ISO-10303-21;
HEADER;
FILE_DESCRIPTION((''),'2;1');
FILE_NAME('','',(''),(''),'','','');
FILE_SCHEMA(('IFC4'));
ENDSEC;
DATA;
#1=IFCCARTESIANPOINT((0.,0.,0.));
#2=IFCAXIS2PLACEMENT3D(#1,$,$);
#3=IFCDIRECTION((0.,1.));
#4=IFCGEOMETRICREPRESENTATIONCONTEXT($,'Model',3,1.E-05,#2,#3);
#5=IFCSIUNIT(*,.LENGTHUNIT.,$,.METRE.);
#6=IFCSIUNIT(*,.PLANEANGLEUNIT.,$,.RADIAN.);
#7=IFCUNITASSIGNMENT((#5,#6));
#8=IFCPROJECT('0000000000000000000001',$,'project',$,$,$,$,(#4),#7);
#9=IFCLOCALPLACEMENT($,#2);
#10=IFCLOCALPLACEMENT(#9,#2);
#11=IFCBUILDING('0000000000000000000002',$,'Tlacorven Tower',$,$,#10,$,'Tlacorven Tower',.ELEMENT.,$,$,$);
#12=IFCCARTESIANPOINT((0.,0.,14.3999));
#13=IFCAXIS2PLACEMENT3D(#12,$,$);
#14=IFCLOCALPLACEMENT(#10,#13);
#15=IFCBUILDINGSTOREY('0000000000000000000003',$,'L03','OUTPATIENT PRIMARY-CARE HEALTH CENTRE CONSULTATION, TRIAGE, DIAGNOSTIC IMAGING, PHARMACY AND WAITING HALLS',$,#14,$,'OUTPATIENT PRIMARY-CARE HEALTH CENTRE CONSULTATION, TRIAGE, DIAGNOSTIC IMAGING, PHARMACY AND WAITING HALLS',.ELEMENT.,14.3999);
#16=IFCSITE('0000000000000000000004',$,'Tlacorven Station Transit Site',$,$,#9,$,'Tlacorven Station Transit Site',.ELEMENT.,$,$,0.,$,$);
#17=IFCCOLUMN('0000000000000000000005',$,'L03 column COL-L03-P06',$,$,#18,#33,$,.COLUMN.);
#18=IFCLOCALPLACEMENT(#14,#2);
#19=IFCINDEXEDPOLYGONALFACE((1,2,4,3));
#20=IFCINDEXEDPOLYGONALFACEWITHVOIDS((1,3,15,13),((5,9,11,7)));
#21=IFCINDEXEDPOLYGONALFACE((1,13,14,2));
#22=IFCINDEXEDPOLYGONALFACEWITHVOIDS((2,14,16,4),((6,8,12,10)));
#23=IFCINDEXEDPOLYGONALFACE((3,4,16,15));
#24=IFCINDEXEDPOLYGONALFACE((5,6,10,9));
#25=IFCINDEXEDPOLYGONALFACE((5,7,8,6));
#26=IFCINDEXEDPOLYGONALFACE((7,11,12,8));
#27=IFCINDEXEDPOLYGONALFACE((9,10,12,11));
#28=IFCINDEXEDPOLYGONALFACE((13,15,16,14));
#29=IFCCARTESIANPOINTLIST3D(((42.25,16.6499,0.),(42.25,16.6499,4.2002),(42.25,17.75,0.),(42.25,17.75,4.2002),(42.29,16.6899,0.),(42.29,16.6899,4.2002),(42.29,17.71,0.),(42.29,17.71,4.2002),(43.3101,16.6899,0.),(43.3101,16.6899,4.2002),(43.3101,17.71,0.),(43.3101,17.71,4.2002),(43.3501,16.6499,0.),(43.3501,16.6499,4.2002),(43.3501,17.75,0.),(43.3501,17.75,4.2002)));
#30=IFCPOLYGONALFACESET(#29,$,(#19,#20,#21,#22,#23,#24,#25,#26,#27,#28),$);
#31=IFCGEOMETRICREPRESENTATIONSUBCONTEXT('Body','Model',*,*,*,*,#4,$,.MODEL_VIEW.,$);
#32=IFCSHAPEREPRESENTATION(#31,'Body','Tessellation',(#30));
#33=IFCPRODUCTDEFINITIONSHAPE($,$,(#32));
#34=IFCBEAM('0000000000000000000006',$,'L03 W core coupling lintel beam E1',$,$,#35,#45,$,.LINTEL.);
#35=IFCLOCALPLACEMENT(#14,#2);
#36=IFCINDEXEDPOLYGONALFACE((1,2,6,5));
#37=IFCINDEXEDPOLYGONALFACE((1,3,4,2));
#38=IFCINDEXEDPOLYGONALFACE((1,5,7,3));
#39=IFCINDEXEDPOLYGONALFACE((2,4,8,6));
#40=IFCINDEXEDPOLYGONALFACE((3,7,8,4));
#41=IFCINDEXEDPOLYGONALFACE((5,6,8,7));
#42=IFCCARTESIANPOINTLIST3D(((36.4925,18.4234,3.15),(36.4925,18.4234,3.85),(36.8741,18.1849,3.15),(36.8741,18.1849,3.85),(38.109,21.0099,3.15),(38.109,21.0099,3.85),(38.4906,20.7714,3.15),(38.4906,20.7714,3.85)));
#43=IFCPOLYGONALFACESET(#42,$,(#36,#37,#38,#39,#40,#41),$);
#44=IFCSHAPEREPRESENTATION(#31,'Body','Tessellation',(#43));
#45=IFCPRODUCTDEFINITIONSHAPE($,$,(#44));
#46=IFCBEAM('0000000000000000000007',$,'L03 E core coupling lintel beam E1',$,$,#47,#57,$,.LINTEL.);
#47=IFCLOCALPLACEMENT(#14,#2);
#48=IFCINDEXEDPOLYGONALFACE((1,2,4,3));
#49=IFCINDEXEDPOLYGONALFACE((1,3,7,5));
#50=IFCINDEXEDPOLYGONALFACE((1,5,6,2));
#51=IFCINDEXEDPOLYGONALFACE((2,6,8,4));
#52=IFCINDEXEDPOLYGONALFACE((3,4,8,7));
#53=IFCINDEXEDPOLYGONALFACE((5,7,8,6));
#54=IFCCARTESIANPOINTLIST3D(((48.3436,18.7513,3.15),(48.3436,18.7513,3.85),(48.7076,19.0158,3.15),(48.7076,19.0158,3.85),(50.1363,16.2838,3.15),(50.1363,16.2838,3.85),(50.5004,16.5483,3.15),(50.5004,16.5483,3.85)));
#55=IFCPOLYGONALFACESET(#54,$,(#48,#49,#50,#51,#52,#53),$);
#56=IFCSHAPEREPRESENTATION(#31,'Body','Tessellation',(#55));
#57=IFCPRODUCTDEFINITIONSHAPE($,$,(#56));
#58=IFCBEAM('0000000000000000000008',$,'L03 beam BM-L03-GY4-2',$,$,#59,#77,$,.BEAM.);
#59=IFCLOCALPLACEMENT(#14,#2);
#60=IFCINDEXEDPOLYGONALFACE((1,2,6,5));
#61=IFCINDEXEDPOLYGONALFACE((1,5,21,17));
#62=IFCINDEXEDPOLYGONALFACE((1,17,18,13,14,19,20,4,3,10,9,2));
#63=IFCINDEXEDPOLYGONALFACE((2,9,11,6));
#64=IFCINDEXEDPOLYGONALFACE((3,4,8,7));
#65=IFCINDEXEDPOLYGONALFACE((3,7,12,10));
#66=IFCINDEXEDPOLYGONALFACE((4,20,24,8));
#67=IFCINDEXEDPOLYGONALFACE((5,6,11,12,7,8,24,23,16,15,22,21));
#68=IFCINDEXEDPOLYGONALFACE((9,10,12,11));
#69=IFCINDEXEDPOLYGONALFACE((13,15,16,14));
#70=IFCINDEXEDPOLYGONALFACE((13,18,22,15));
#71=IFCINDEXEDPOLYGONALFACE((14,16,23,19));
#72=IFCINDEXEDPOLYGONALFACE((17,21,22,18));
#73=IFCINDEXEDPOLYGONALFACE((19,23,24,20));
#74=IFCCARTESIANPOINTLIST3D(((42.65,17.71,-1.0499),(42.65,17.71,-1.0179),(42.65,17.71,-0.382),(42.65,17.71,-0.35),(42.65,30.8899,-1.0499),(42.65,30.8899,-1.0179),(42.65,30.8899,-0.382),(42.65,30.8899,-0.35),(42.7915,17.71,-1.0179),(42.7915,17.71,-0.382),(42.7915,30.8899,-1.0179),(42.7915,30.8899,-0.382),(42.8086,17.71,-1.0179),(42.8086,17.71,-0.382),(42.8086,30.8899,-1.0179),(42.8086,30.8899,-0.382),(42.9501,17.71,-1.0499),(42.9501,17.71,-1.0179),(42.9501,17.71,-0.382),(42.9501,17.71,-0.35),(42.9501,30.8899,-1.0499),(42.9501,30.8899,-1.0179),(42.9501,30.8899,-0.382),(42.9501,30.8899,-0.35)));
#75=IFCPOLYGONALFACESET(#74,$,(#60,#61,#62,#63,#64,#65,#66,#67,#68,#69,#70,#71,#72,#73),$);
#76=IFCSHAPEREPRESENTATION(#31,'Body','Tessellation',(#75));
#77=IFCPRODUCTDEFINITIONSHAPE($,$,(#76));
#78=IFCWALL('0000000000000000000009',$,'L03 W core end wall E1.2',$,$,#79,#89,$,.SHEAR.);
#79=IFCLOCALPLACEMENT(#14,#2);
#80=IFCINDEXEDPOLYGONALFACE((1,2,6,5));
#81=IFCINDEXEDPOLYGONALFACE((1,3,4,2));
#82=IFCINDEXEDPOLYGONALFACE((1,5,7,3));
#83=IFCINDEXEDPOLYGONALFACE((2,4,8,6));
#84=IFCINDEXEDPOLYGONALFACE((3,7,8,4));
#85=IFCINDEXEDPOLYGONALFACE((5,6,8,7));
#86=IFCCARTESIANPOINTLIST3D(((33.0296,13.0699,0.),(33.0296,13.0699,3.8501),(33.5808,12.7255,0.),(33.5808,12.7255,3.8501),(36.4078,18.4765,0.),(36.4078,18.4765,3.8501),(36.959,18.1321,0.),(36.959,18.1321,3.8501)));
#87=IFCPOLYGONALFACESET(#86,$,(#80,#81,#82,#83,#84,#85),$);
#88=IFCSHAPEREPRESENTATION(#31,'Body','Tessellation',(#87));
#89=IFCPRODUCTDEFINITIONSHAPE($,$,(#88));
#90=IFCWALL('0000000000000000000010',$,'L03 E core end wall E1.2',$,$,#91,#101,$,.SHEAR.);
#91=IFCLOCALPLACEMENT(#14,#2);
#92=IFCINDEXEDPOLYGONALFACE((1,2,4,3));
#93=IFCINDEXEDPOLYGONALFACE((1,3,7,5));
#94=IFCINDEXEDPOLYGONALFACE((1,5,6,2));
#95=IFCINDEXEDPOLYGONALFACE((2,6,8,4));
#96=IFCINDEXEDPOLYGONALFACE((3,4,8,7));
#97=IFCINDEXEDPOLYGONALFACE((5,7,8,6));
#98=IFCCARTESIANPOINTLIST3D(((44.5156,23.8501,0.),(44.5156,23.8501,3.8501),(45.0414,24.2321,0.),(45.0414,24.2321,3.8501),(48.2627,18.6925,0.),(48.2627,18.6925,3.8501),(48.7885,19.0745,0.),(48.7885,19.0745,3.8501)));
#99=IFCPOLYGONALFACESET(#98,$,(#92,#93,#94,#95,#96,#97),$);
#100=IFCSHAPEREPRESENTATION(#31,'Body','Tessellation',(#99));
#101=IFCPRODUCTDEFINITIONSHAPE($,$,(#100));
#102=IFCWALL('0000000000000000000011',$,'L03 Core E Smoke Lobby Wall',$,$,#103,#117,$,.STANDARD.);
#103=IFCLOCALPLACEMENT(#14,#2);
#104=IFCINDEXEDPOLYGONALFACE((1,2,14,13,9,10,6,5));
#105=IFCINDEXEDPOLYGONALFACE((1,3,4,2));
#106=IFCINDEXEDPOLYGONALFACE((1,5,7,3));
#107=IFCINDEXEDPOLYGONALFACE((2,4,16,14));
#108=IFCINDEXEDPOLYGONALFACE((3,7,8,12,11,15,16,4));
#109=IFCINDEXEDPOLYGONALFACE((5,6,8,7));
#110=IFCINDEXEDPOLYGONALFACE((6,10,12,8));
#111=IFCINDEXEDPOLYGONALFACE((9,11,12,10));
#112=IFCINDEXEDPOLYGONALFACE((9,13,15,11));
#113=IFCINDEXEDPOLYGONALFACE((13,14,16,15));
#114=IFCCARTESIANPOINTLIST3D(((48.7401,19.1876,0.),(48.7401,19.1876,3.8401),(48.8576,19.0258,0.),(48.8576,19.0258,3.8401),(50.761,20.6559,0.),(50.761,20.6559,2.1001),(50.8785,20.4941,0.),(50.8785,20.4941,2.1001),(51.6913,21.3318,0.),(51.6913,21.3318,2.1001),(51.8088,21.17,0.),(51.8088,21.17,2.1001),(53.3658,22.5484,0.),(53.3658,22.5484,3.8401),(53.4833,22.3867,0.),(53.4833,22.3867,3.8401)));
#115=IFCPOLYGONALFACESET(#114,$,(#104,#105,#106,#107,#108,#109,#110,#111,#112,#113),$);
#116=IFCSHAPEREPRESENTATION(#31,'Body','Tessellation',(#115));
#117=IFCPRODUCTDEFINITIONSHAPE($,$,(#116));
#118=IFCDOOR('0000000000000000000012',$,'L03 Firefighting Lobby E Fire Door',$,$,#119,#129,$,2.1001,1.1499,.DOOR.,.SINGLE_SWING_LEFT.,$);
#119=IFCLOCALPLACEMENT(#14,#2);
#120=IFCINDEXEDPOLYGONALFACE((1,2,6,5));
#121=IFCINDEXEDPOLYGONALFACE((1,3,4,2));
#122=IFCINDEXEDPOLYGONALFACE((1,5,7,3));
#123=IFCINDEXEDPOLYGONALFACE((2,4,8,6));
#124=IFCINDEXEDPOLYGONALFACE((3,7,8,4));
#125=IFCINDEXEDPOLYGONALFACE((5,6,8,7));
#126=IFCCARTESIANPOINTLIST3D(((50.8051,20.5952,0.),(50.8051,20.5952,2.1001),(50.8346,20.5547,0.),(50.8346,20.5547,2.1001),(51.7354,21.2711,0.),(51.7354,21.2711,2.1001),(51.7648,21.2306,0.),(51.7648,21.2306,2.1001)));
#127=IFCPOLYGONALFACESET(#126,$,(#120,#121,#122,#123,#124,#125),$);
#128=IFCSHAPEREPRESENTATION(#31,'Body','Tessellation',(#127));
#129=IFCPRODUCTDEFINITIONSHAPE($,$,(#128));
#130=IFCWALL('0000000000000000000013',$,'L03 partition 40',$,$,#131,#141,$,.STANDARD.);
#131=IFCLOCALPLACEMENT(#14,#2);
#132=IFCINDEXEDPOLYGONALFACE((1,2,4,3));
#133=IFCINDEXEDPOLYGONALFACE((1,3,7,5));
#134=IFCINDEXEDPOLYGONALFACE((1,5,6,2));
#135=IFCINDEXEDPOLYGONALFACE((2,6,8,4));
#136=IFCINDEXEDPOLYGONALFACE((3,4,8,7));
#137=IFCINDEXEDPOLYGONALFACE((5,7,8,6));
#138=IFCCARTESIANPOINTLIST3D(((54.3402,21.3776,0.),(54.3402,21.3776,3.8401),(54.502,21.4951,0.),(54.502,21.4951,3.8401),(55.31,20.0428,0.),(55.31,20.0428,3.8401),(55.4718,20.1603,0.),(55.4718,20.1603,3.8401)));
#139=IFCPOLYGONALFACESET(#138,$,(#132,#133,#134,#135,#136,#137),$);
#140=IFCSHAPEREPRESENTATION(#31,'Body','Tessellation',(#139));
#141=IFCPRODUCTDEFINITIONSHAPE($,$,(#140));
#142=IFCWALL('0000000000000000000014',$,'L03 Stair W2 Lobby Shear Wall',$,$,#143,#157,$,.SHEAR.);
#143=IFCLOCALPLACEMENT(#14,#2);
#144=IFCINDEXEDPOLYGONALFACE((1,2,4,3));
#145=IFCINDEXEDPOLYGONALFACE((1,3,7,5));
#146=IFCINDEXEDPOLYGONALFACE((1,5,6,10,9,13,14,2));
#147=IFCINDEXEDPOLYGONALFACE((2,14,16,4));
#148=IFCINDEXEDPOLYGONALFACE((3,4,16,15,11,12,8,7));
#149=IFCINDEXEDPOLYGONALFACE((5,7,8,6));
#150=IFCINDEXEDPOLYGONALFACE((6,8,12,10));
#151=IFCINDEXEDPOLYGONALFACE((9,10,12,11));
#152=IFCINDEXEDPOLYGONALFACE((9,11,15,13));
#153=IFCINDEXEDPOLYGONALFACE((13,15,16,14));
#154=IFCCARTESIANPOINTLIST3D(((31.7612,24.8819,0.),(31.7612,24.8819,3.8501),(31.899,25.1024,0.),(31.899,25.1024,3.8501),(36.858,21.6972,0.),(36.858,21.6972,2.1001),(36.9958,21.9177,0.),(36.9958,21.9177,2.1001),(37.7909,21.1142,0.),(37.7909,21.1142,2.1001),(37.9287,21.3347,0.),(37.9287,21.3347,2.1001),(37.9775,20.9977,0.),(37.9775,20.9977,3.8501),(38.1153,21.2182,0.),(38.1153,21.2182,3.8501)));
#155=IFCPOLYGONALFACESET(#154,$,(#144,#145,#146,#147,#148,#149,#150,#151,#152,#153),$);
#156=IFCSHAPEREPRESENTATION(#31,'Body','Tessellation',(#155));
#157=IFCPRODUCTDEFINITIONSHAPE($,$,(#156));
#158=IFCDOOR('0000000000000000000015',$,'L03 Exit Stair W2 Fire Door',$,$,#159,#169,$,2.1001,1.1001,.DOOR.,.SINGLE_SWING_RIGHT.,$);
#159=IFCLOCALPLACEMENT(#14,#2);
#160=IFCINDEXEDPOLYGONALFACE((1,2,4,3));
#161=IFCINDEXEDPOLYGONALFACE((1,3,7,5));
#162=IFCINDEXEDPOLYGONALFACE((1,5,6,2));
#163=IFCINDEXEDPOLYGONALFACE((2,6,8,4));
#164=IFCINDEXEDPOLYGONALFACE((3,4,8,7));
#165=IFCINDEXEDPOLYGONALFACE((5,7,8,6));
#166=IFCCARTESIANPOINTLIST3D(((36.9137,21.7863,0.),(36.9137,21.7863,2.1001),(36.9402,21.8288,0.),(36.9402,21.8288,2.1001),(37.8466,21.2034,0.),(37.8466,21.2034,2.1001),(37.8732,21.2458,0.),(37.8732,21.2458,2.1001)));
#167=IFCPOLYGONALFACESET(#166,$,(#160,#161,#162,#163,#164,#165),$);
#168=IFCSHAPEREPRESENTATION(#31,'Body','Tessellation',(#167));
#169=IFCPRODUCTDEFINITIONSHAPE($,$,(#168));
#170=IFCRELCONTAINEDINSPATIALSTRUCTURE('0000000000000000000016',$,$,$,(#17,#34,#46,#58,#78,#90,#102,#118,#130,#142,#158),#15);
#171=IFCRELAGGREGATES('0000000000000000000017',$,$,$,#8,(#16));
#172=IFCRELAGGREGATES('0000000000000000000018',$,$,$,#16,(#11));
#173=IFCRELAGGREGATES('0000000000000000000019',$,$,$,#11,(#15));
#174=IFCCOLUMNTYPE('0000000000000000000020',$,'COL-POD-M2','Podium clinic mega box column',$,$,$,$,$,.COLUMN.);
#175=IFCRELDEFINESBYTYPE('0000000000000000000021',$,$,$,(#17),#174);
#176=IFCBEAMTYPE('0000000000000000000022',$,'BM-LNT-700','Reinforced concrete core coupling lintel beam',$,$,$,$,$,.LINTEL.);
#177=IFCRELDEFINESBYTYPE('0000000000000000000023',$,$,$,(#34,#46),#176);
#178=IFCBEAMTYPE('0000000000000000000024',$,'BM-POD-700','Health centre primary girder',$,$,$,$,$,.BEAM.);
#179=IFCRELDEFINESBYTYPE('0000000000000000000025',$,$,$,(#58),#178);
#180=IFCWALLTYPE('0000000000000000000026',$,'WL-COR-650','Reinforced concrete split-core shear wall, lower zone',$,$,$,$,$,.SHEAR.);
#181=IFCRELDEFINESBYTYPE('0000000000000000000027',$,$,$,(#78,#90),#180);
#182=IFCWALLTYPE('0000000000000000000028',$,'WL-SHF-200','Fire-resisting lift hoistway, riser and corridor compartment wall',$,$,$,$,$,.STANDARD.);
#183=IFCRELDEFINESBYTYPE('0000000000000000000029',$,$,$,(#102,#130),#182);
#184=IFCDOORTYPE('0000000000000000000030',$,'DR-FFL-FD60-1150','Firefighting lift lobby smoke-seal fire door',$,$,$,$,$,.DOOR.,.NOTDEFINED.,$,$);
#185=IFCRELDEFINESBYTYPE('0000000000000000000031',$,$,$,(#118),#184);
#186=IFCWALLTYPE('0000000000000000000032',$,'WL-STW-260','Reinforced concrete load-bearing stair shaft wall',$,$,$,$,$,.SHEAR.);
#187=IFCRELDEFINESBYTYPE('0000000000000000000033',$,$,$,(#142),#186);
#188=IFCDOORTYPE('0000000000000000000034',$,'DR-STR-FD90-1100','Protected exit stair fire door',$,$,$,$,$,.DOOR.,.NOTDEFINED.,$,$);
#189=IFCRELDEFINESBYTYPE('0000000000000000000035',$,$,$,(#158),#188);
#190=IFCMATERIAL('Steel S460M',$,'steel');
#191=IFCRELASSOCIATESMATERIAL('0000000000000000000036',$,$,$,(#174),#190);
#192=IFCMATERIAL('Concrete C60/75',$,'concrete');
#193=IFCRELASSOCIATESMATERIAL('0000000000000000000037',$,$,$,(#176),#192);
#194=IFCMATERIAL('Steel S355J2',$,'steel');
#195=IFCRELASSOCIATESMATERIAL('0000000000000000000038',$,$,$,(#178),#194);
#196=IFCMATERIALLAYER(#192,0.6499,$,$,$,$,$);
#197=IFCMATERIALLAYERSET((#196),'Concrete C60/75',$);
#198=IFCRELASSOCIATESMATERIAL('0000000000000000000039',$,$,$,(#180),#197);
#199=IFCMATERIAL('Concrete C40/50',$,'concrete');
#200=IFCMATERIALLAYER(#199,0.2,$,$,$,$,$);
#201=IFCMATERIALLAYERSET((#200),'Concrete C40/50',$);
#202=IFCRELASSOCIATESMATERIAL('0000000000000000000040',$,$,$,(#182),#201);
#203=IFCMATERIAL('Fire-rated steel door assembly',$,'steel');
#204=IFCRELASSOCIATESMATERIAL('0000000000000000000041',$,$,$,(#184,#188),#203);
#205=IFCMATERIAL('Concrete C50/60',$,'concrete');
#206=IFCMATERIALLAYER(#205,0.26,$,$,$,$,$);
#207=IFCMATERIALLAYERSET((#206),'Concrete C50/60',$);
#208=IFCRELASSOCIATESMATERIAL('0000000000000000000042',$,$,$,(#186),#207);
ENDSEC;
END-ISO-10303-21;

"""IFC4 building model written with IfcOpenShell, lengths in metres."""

from ifc_helpers import new_model, si_unit, direction, frame, frame_2d, origin, origin_2d, place, context, subcontext, project, spatial, rectangle, hollow_rectangle, i_section, extrude, source, transform, mapped, material, layer, layer_set, material_profile, profile_set, type_object, element, fill, save


model = new_model("IFC4")

# Units and contexts
model_context = context("Model", 3, precision=1e-05, world=origin(), true_north=direction((0.0, 1.0)))
body_context = subcontext(model_context, "Body", "Model", "MODEL_VIEW")
ifc_project = project(units=[si_unit("LENGTHUNIT", "METRE"), si_unit("PLANEANGLEUNIT", "RADIAN")], contexts=[model_context])

# Site, building, storey
site_placement = place(None, origin())
site = spatial("IfcSite", under=ifc_project, at=site_placement, Name="Tlacorven Station Transit Site", LongName="Tlacorven Station Transit Site", CompositionType="ELEMENT", RefElevation=0.0)
building_placement = place(site_placement, origin())
building = spatial("IfcBuilding", under=site, at=building_placement, Name="Tlacorven Tower", LongName="Tlacorven Tower", CompositionType="ELEMENT")
storey_placement = place(building_placement, frame((0.0, 0.0, 14.3999)))
storey = spatial("IfcBuildingStorey", under=building, at=storey_placement, Name="L03", Description="OUTPATIENT PRIMARY-CARE HEALTH CENTRE CONSULTATION, TRIAGE, DIAGNOSTIC IMAGING, PHARMACY AND WAITING HALLS", LongName="OUTPATIENT PRIMARY-CARE HEALTH CENTRE CONSULTATION, TRIAGE, DIAGNOSTIC IMAGING, PHARMACY AND WAITING HALLS", CompositionType="ELEMENT", Elevation=14.3999)

# Column
ifc_material_1 = material(Name="Steel S460M", Category="steel")
ifc_material_profile_1 = material_profile(ifc_material_1, hollow_rectangle(XDim=1.1001, YDim=1.1001, WallThickness=0.04, at=origin_2d()), Name="BOX 1100X1100X40")
ifc_profile_set_1 = profile_set([ifc_material_profile_1], Name="Steel S460M")
column_type = type_object("IfcColumnType", Name="COL-POD-M2", Description="Podium clinic mega box column", PredefinedType="COLUMN", material=ifc_profile_set_1)
shared_shape_1 = source(origin(), body_context, "Body", "SweptSolid", [
    extrude(hollow_rectangle(XDim=1.1001, YDim=1.1001, WallThickness=0.04, at=origin_2d()), origin(), (0.0, 0.0, 1.0), 4.2002),
])
column_placement = place(storey_placement, frame((42.8, 17.2, 0.0), z_axis=(0.0, 0.0, 1.0), x_axis=(1.0, 0.0, 0.0)))
element("IfcColumn", 1, at=column_placement, inside=storey, type_object=column_type, Name="L03 column COL-L03-P06", PredefinedType="COLUMN", context=body_context, shape_type="MappedRepresentation", body=[
    mapped(shared_shape_1, transform((0.0, 0.0, 0.0), scale=1.0)),
])

# Beams
ifc_material_2 = material(Name="Concrete C60/75", Category="concrete")
ifc_material_profile_2 = material_profile(ifc_material_2, rectangle(XDim=0.45, YDim=0.7, at=origin_2d()), Name="RC 450X700")
ifc_profile_set_2 = profile_set([ifc_material_profile_2], Name="Concrete C60/75")
beam_type_1 = type_object("IfcBeamType", Name="BM-LNT-700", Description="Reinforced concrete core coupling lintel beam", PredefinedType="LINTEL", material=ifc_profile_set_2)
shared_shape_2 = source(origin(), body_context, "Body", "SweptSolid", [
    extrude(rectangle(XDim=0.45, YDim=0.7, at=origin_2d()), origin(), (0.0, 0.0, 1.0), 3.05),
])
for number, where, z_axis, x_axis, name in (
    (2, (38.2998, 20.8906, 3.5), (-0.529985, -0.848007, 0.0), (0.848007, -0.529985, 0.0), "L03 W core coupling lintel beam E1"),
    (3, (50.3184, 16.416, 3.5), (-0.587777, 0.809023, 0.0), (-0.809023, -0.587777, 0.0), "L03 E core coupling lintel beam E1"),
):
    element("IfcBeam", number, at=place(storey_placement, frame(where, z_axis=z_axis, x_axis=x_axis)), inside=storey, type_object=beam_type_1, Name=name, PredefinedType="LINTEL", context=body_context, shape_type="MappedRepresentation", body=[
        mapped(shared_shape_2, transform((0.0, 0.0, 0.0), scale=1.0)),
    ])
ifc_material_3 = material(Name="Steel S355J2", Category="steel")
ifc_material_profile_3 = material_profile(ifc_material_3, i_section(OverallWidth=0.3, OverallDepth=0.7, WebThickness=0.0171, FlangeThickness=0.032, at=origin_2d()), Name="HEB 700")
ifc_profile_set_3 = profile_set([ifc_material_profile_3], Name="Steel S355J2")
beam_type_2 = type_object("IfcBeamType", Name="BM-POD-700", Description="Health centre primary girder", PredefinedType="BEAM", material=ifc_profile_set_3)
shared_shape_3 = source(origin(), body_context, "Body", "SweptSolid", [
    extrude(i_section(OverallWidth=0.3, OverallDepth=0.7, WebThickness=0.0171, FlangeThickness=0.032, at=origin_2d()), origin(), (0.0, 0.0, 1.0), 13.1799),
])
beam_placement = place(storey_placement, frame((42.8, 17.71, -0.7), z_axis=(0.0, 1.0, 0.0), x_axis=(-1.0, 0.0, 0.0)))
element("IfcBeam", 4, at=beam_placement, inside=storey, type_object=beam_type_2, Name="L03 beam BM-L03-GY4-2", PredefinedType="BEAM", context=body_context, shape_type="MappedRepresentation", body=[
    mapped(shared_shape_3, transform((0.0, 0.0, 0.0), scale=1.0)),
])

# Walls
ifc_layer_1 = layer(ifc_material_2, 0.6499)
ifc_layer_set_1 = layer_set([ifc_layer_1], Name="Concrete C60/75")
wall_type_1 = type_object("IfcWallType", Name="WL-COR-650", Description="Reinforced concrete split-core shear wall, lower zone", PredefinedType="SHEAR", material=ifc_layer_set_1)
wall_1_placement = place(storey_placement, frame((36.6833, 18.3042, 0.0), z_axis=(0.0, 0.0, 1.0), x_axis=(-0.529899, -0.848061, 0.0)))
element("IfcWall", 5, at=wall_1_placement, inside=storey, type_object=wall_type_1, Name="L03 W core end wall E1.2", PredefinedType="SHEAR", context=body_context, shape_type="SweptSolid", body=[
    extrude(rectangle(XDim=6.3752, YDim=0.6499, at=frame_2d((3.1875, 0.0))), origin(), (0.0, 0.0, 1.0), 3.8501),
])
wall_2_placement = place(storey_placement, frame((48.5256, 18.8835, 0.0), z_axis=(0.0, 0.0, 1.0), x_axis=(-0.58778, 0.809021, 0.0)))
element("IfcWall", 6, at=wall_2_placement, inside=storey, type_object=wall_type_1, Name="L03 E core end wall E1.2", PredefinedType="SHEAR", context=body_context, shape_type="SweptSolid", body=[
    extrude(rectangle(XDim=6.375, YDim=0.6499, at=frame_2d((3.1875, 0.0))), origin(), (0.0, 0.0, 1.0), 3.8501),
])

# Wall, opening, door
ifc_material_4 = material(Name="Concrete C40/50", Category="concrete")
ifc_layer_2 = layer(ifc_material_4, 0.2)
ifc_layer_set_2 = layer_set([ifc_layer_2], Name="Concrete C40/50")
wall_type_2 = type_object("IfcWallType", Name="WL-SHF-200", Description="Fire-resisting lift hoistway, riser and corridor compartment wall", PredefinedType="STANDARD", material=ifc_layer_set_2)
wall_3_placement = place(storey_placement, frame((48.7988, 19.1067, 0.0), z_axis=(0.0, 0.0, 1.0), x_axis=(0.809013, 0.587791, 0.0)))
wall_3 = element("IfcWall", 7, at=wall_3_placement, inside=storey, type_object=wall_type_2, Name="L03 Core E Smoke Lobby Wall", PredefinedType="STANDARD", context=body_context, shape_type="SweptSolid", body=[
    extrude(rectangle(XDim=5.7178, YDim=0.2, at=frame_2d((2.8589, 0.0))), origin(), (0.0, 0.0, 1.0), 3.8401),
])
opening_1_placement = place(wall_3_placement, frame((2.498, 0.0, 0.0)))
opening_1 = element("IfcOpeningElement", 8, at=opening_1_placement, cuts=wall_3, PredefinedType="OPENING", context=body_context, shape_type="SweptSolid", body=[
    extrude(rectangle(XDim=1.1499, YDim=2.1001, at=frame_2d((0.575, 1.05))), frame((0.0, 0.1099, 0.0), z_axis=(0.0, -1.0, 0.0), x_axis=(1.0, 0.0, 0.0)), (0.0, 0.0, 1.0), 0.22),
])
ifc_material_5 = material(Name="Fire-rated steel door assembly", Category="steel")
door_type_1 = type_object("IfcDoorType", Name="DR-FFL-FD60-1150", Description="Firefighting lift lobby smoke-seal fire door", OperationType="NOTDEFINED", PredefinedType="DOOR", material=ifc_material_5)
shared_shape_4 = source(origin(), body_context, "Body", "SweptSolid", [
    extrude(rectangle(XDim=1.1499, YDim=2.1001, at=frame_2d((0.575, 1.05))), frame((0.0, 0.0249, 0.0), z_axis=(0.0, -1.0, 0.0), x_axis=(1.0, 0.0, 0.0)), (0.0, 0.0, 1.0), 0.05),
])
door_1_placement = place(opening_1_placement, origin())
door_1 = element("IfcDoor", 9, at=door_1_placement, inside=storey, type_object=door_type_1, Name="L03 Firefighting Lobby E Fire Door", OperationType="SINGLE_SWING_LEFT", OverallHeight=2.1001, OverallWidth=1.1499, PredefinedType="DOOR", context=body_context, shape_type="MappedRepresentation", body=[
    mapped(shared_shape_4, transform((0.0, 0.0, 0.0), scale=1.0)),
])
fill(opening_1, door_1)

# Wall
wall_4_placement = place(storey_placement, frame((55.3909, 20.1016, 0.0), z_axis=(0.0, 0.0, 1.0), x_axis=(-0.587784, 0.809018, 0.0)))
element("IfcWall", 10, at=wall_4_placement, inside=storey, type_object=wall_type_2, Name="L03 partition 40", PredefinedType="STANDARD", context=body_context, shape_type="SweptSolid", body=[
    extrude(rectangle(XDim=1.6499, YDim=0.2, at=frame_2d((0.825, 0.0))), origin(), (0.0, 0.0, 1.0), 3.8401),
])

# Wall, opening, door
ifc_material_6 = material(Name="Concrete C50/60", Category="concrete")
ifc_layer_3 = layer(ifc_material_6, 0.26)
ifc_layer_set_3 = layer_set([ifc_layer_3], Name="Concrete C50/60")
wall_type_3 = type_object("IfcWallType", Name="WL-STW-260", Description="Reinforced concrete load-bearing stair shaft wall", PredefinedType="SHEAR", material=ifc_layer_set_3)
wall_5_placement = place(storey_placement, frame((38.0464, 21.1079, 0.0), z_axis=(0.0, 0.0, 1.0), x_axis=(-0.848054, 0.529909, 0.0)))
wall_5 = element("IfcWall", 11, at=wall_5_placement, inside=storey, type_object=wall_type_3, Name="L03 Stair W2 Lobby Shear Wall", PredefinedType="SHEAR", context=body_context, shape_type="SweptSolid", body=[
    extrude(rectangle(XDim=7.3301, YDim=0.26, at=frame_2d((3.665, 0.0))), origin(), (0.0, 0.0, 1.0), 3.8501),
])
opening_2_placement = place(wall_5_placement, frame((0.22, 0.0, 0.0)))
opening_2 = element("IfcOpeningElement", 12, at=opening_2_placement, cuts=wall_5, PredefinedType="OPENING", context=body_context, shape_type="SweptSolid", body=[
    extrude(rectangle(XDim=1.1001, YDim=2.1001, at=frame_2d((0.55, 1.05))), frame((0.0, 0.1401, 0.0), z_axis=(0.0, -1.0, 0.0), x_axis=(1.0, 0.0, 0.0)), (0.0, 0.0, 1.0), 0.28),
])
door_type_2 = type_object("IfcDoorType", Name="DR-STR-FD90-1100", Description="Protected exit stair fire door", OperationType="NOTDEFINED", PredefinedType="DOOR", material=ifc_material_5)
shared_shape_5 = source(origin(), body_context, "Body", "SweptSolid", [
    extrude(rectangle(XDim=1.1001, YDim=2.1001, at=frame_2d((0.55, 1.05))), frame((0.0, 0.0249, 0.0), z_axis=(0.0, -1.0, 0.0), x_axis=(1.0, 0.0, 0.0)), (0.0, 0.0, 1.0), 0.05),
])
door_2_placement = place(opening_2_placement, origin())
door_2 = element("IfcDoor", 13, at=door_2_placement, inside=storey, type_object=door_type_2, Name="L03 Exit Stair W2 Fire Door", OperationType="SINGLE_SWING_RIGHT", OverallHeight=2.1001, OverallWidth=1.1001, PredefinedType="DOOR", context=body_context, shape_type="MappedRepresentation", body=[
    mapped(shared_shape_5, transform((0.0, 0.0, 0.0), scale=1.0)),
])
fill(opening_2, door_2)

save(model, "model.ifc")
